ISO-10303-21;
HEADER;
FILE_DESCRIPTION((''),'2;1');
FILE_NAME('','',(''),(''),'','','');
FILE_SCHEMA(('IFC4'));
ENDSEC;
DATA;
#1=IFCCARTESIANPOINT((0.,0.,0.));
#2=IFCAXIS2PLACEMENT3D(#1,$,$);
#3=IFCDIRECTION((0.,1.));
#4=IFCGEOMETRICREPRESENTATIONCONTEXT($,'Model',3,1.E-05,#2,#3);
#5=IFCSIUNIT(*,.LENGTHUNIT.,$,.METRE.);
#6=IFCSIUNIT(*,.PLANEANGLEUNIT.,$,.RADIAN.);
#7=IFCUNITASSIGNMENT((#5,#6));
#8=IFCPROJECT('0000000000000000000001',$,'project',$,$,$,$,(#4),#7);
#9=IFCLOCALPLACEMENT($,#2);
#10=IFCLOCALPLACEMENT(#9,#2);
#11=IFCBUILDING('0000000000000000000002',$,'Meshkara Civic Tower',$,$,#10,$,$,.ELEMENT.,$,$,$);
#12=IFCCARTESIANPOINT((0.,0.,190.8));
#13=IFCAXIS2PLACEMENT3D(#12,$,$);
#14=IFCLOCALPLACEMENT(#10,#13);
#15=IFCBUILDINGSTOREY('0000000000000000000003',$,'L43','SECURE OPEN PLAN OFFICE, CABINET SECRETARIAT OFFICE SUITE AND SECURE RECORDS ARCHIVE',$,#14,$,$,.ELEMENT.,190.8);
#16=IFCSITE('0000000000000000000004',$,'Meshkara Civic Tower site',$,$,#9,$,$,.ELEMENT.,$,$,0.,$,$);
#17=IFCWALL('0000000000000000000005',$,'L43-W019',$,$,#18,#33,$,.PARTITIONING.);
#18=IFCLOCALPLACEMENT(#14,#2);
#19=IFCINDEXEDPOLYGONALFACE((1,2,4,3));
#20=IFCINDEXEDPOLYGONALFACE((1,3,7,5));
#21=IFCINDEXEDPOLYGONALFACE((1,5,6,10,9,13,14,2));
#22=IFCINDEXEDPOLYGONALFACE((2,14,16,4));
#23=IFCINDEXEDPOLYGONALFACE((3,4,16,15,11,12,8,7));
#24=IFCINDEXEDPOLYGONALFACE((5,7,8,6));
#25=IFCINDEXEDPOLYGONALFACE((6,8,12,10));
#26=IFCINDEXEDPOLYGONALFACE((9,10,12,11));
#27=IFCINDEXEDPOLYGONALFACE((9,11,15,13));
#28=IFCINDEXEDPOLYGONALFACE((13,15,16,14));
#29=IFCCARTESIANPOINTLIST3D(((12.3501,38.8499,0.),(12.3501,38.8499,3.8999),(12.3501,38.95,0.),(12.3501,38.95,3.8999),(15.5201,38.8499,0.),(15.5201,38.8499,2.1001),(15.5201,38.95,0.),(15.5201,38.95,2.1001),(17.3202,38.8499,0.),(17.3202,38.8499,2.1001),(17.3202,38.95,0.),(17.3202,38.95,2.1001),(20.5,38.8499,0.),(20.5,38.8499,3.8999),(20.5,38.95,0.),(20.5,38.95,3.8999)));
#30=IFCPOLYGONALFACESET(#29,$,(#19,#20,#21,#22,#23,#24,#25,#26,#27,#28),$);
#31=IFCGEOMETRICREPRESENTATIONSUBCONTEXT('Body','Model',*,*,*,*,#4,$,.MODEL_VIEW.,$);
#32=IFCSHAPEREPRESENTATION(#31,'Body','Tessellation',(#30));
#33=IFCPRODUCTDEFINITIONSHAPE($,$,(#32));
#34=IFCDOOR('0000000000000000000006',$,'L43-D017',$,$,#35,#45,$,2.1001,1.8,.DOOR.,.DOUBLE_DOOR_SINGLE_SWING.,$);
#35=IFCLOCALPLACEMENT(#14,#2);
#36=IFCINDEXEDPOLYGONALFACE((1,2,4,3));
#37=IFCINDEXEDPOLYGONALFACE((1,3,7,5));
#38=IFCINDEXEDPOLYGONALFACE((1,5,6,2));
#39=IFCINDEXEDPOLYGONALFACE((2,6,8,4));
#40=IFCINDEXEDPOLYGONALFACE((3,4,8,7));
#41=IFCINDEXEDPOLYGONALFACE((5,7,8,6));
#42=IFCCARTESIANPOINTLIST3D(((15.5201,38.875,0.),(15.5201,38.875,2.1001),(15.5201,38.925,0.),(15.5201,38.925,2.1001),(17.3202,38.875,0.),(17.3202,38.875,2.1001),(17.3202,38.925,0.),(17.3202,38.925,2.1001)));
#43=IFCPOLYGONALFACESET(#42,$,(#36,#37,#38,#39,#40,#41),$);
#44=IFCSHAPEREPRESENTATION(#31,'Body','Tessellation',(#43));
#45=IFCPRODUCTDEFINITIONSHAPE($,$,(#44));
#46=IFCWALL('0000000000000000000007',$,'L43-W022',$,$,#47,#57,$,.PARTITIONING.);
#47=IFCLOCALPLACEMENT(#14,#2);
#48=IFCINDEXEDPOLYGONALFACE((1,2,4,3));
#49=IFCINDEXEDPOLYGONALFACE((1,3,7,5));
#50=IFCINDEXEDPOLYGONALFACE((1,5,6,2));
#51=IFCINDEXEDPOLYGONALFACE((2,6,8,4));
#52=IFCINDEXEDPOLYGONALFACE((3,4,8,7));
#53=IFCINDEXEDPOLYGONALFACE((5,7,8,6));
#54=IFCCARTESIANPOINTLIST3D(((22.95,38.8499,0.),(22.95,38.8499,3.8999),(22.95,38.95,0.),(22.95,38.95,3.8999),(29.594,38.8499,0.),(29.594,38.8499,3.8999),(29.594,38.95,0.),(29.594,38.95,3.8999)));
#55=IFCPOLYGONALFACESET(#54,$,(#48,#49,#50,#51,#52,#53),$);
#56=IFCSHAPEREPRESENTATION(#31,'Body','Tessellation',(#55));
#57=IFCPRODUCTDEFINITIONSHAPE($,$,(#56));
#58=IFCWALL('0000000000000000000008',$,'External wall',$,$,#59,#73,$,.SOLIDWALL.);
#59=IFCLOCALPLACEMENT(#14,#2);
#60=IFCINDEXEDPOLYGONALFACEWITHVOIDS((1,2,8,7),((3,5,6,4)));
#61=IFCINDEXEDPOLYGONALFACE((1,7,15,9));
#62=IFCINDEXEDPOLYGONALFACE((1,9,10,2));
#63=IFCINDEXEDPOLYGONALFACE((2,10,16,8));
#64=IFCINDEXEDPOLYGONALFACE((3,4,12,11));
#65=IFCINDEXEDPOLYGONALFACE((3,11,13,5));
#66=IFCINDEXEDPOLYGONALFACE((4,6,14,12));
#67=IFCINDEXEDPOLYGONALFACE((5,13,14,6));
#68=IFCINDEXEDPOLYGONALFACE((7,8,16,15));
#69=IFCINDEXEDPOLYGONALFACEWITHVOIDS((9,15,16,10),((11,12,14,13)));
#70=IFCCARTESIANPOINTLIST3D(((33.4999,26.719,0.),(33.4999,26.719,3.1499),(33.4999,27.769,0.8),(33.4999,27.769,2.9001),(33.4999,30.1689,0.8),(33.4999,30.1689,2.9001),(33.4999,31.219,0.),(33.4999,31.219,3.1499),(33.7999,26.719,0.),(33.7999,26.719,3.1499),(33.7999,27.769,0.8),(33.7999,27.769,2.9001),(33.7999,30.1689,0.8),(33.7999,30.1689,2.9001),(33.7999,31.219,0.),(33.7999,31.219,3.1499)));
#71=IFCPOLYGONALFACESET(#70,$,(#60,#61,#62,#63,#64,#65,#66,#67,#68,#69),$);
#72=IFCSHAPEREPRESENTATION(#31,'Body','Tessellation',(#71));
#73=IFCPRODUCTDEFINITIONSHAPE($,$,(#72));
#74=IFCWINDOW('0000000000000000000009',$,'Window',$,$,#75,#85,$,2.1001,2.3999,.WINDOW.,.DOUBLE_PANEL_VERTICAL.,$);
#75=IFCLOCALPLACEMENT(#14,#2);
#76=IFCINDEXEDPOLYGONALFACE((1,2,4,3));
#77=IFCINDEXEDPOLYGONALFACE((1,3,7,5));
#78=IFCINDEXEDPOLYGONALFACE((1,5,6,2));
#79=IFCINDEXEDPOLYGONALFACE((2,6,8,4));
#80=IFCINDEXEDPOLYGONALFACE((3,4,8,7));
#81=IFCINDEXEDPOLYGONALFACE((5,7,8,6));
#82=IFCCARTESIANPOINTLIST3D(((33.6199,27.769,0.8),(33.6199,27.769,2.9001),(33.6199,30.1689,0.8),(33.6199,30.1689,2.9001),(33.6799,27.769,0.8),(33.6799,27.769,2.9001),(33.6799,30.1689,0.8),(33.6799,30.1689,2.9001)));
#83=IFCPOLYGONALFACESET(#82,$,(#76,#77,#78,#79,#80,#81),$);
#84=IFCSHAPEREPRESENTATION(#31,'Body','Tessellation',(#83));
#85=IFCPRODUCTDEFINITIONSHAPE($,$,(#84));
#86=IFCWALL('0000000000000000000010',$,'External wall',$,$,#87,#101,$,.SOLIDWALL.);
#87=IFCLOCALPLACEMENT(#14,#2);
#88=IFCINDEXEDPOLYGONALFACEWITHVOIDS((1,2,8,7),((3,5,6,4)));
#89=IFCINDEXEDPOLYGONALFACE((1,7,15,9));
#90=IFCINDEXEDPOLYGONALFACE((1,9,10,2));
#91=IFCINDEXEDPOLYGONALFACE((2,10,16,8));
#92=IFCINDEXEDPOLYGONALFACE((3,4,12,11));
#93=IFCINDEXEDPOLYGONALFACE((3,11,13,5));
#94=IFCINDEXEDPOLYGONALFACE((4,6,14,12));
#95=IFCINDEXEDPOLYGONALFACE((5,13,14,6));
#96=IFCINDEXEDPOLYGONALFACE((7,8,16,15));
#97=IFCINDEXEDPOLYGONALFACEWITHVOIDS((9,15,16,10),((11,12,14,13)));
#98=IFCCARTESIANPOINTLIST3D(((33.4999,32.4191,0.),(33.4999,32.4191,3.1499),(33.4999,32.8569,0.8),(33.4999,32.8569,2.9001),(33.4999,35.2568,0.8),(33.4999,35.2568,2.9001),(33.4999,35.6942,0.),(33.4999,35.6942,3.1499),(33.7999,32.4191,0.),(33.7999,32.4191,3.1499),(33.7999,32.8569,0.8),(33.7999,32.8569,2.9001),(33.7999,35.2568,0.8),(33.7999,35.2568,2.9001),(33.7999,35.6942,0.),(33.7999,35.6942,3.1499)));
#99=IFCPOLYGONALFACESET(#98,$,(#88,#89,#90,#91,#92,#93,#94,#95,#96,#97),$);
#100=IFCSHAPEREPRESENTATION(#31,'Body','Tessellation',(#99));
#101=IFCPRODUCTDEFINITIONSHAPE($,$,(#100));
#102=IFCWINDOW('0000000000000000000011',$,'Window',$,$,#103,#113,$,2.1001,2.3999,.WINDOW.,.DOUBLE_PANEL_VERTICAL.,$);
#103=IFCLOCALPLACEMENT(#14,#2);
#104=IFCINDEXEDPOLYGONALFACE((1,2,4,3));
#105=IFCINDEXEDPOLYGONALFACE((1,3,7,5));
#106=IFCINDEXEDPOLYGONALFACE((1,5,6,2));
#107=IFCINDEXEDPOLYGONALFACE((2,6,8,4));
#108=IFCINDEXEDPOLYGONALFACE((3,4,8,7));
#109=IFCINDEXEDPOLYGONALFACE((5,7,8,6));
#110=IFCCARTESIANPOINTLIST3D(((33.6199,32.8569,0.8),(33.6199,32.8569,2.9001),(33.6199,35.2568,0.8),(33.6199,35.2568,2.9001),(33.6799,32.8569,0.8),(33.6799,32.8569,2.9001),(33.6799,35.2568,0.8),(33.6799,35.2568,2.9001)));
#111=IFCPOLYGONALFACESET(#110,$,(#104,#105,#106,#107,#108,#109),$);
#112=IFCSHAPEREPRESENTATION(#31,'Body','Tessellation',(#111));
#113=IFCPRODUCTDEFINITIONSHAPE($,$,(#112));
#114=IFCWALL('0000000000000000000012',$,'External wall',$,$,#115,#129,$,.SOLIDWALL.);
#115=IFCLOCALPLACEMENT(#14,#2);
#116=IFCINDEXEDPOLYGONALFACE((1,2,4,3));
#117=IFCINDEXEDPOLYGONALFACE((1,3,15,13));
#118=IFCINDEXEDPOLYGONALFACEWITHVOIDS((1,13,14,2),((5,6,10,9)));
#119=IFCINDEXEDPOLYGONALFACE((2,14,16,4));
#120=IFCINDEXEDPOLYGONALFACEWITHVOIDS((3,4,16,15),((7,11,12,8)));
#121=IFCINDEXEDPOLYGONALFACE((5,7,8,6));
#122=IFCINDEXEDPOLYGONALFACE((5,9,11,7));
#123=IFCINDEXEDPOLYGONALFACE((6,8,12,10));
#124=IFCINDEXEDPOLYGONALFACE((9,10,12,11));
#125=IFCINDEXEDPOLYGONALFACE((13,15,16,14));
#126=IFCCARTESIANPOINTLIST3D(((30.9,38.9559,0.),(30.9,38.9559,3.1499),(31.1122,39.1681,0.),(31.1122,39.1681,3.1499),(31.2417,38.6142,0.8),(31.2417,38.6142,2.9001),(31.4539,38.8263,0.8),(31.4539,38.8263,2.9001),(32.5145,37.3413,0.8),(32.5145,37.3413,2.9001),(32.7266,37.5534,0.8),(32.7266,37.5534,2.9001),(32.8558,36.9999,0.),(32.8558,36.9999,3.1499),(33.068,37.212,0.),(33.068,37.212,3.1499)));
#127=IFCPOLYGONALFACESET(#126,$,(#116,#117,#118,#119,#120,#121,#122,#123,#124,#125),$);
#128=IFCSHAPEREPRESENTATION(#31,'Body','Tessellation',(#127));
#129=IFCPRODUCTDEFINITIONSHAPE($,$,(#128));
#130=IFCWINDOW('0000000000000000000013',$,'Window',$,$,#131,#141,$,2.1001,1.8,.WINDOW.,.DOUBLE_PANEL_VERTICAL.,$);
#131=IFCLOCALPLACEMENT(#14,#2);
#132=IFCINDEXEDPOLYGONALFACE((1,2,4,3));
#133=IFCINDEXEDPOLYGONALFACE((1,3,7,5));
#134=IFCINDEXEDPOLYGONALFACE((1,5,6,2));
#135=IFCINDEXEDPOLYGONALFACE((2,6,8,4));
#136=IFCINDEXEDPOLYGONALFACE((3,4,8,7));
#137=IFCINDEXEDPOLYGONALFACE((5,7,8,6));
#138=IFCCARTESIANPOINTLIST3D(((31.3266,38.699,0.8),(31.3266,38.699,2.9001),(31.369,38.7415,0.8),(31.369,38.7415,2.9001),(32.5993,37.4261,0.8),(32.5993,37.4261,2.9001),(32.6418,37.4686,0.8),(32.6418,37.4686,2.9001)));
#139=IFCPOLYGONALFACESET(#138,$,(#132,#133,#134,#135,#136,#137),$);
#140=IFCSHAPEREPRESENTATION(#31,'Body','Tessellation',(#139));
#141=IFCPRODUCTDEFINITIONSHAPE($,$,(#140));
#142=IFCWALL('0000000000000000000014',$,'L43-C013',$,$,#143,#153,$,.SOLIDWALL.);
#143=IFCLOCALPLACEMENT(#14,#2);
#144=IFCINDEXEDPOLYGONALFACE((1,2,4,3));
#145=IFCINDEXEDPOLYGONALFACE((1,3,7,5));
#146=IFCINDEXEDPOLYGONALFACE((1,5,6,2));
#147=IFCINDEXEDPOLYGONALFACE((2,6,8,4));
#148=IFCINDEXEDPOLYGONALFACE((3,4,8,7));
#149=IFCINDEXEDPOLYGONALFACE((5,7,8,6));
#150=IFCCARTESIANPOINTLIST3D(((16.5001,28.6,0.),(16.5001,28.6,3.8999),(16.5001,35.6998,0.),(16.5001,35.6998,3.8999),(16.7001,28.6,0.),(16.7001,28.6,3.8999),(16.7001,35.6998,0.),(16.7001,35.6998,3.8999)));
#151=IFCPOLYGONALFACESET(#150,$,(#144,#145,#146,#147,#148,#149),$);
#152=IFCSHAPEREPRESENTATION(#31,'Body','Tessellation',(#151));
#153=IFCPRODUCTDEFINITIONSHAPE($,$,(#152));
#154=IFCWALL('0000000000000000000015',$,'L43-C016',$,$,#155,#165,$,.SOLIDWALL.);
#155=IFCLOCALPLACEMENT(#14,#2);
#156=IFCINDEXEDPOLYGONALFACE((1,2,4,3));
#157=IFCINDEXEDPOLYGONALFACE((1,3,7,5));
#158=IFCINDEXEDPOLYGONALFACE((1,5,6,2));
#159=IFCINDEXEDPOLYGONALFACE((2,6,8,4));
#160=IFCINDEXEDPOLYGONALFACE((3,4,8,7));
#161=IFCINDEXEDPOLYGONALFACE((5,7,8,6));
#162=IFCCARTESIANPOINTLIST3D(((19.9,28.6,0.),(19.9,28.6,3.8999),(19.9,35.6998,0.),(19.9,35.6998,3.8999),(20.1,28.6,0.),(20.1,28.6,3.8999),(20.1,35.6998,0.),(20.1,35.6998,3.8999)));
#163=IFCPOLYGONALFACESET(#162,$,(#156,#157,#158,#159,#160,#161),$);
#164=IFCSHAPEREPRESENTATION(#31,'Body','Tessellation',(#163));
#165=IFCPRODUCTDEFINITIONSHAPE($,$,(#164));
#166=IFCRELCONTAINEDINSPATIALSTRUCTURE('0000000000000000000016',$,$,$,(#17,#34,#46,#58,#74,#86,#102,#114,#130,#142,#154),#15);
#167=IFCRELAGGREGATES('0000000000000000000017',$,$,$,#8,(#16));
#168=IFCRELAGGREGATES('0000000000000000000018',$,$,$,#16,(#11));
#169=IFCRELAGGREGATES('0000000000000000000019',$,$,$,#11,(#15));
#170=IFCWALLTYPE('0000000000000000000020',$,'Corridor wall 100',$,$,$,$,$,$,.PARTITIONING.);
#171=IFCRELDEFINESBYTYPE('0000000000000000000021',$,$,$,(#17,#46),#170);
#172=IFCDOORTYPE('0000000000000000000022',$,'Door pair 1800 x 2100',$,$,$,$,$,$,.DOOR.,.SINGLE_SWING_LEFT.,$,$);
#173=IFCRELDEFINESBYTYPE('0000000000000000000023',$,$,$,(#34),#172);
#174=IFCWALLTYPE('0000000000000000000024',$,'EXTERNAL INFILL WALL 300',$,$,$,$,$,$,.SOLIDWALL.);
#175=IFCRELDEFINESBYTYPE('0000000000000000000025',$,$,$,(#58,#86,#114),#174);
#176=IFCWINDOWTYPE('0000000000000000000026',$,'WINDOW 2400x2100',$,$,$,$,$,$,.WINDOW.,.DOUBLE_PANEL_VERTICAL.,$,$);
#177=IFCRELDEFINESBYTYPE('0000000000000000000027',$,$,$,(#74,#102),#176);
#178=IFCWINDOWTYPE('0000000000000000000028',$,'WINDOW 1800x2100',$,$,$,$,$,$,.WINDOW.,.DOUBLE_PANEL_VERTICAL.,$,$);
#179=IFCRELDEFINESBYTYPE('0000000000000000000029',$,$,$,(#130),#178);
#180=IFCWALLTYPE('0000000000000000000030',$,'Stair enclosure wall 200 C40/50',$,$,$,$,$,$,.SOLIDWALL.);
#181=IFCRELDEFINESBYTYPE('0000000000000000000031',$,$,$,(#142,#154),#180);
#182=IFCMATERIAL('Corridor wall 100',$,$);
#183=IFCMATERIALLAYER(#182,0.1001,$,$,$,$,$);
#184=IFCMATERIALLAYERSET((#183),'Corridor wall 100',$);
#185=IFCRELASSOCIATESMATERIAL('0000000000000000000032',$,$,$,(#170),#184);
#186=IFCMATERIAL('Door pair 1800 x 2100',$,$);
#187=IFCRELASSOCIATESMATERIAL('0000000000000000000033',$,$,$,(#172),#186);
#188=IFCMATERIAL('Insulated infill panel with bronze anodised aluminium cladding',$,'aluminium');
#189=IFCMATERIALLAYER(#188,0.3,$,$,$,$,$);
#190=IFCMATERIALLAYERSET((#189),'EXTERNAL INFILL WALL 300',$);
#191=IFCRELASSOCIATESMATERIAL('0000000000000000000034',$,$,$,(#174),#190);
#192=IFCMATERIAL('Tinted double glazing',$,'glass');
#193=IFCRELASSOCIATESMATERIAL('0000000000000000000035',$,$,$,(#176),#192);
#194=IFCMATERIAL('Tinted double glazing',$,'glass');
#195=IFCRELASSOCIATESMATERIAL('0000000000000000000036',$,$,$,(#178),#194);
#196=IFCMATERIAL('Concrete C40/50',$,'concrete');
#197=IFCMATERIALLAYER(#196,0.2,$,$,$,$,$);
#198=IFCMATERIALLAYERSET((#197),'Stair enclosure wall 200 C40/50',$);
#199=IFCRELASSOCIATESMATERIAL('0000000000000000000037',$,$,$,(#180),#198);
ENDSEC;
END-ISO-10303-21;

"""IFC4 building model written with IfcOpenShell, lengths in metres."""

from ifc_helpers import new_model, si_unit, direction, frame, frame_2d, origin, place, context, subcontext, project, spatial, rectangle, extrude, material, layer, layer_set, type_object, element, fill, save


model = new_model("IFC4")

# Units and contexts
model_context = context("Model", 3, precision=1e-05, world=origin(), true_north=direction((0.0, 1.0)))
body_context = subcontext(model_context, "Body", "Model", "MODEL_VIEW")
ifc_project = project(units=[si_unit("LENGTHUNIT", "METRE"), si_unit("PLANEANGLEUNIT", "RADIAN")], contexts=[model_context])

# Site, building, storey
site_placement = place(None, origin())
site = spatial("IfcSite", under=ifc_project, at=site_placement, Name="Meshkara Civic Tower site", CompositionType="ELEMENT", RefElevation=0.0)
building_placement = place(site_placement, origin())
building = spatial("IfcBuilding", under=site, at=building_placement, Name="Meshkara Civic Tower", CompositionType="ELEMENT")
storey_placement = place(building_placement, frame((0.0, 0.0, 190.8)))
storey = spatial("IfcBuildingStorey", under=building, at=storey_placement, Name="L43", Description="SECURE OPEN PLAN OFFICE, CABINET SECRETARIAT OFFICE SUITE AND SECURE RECORDS ARCHIVE", CompositionType="ELEMENT", Elevation=190.8)

# Wall, opening, door
ifc_material_1 = material(Name="Corridor wall 100")
ifc_layer_1 = layer(ifc_material_1, 0.1001)
ifc_layer_set_1 = layer_set([ifc_layer_1], Name="Corridor wall 100")
wall_type_1 = type_object("IfcWallType", Name="Corridor wall 100", PredefinedType="PARTITIONING", material=ifc_layer_set_1)
wall_1_placement = place(storey_placement, frame((20.5, 38.8999, 0.0), z_axis=(0.0, 0.0, 1.0), x_axis=(-1.0, 0.0, 0.0)))
wall_1 = element("IfcWall", 1, at=wall_1_placement, inside=storey, type_object=wall_type_1, Name="L43-W019", PredefinedType="PARTITIONING", context=body_context, shape_type="SweptSolid", body=[
    extrude(rectangle(XDim=8.1499, YDim=0.1001, at=frame_2d((4.075, 0.0))), origin(), (0.0, 0.0, 1.0), 3.8999),
])
opening_1_placement = place(wall_1_placement, frame((3.1799, 0.0, 0.0)))
opening_1 = element("IfcOpeningElement", 2, at=opening_1_placement, cuts=wall_1, PredefinedType="OPENING", context=body_context, shape_type="SweptSolid", body=[
    extrude(rectangle(XDim=1.8, YDim=2.1001, at=frame_2d((0.8999, 1.05))), frame((0.0, 0.0601, 0.0), z_axis=(0.0, -1.0, 0.0), x_axis=(1.0, 0.0, 0.0)), (0.0, 0.0, 1.0), 0.1201),
])
ifc_material_2 = material(Name="Door pair 1800 x 2100")
door_type_1 = type_object("IfcDoorType", Name="Door pair 1800 x 2100", OperationType="SINGLE_SWING_LEFT", PredefinedType="DOOR", material=ifc_material_2)
door_1_placement = place(opening_1_placement, origin())
door_1 = element("IfcDoor", 3, at=door_1_placement, inside=storey, type_object=door_type_1, Name="L43-D017", OperationType="DOUBLE_DOOR_SINGLE_SWING", OverallHeight=2.1001, OverallWidth=1.8, PredefinedType="DOOR", context=body_context, shape_type="SweptSolid", body=[
    extrude(rectangle(XDim=1.8, YDim=2.1001, at=frame_2d((0.8999, 1.05))), frame((0.0, 0.0249, 0.0), z_axis=(0.0, -1.0, 0.0), x_axis=(1.0, 0.0, 0.0)), (0.0, 0.0, 1.0), 0.05),
])
fill(opening_1, door_1)

# Wall
wall_2_placement = place(storey_placement, frame((29.594, 38.8999, 0.0), z_axis=(0.0, 0.0, 1.0), x_axis=(-1.0, 0.0, 0.0)))
element("IfcWall", 4, at=wall_2_placement, inside=storey, type_object=wall_type_1, Name="L43-W022", PredefinedType="PARTITIONING", context=body_context, shape_type="SweptSolid", body=[
    extrude(rectangle(XDim=6.644, YDim=0.1001, at=frame_2d((3.322, 0.0))), origin(), (0.0, 0.0, 1.0), 3.8999),
])

# Walls, openings, windows
ifc_material_3 = material(Name="Insulated infill panel with bronze anodised aluminium cladding", Category="aluminium")
ifc_layer_2 = layer(ifc_material_3, 0.3)
ifc_layer_set_2 = layer_set([ifc_layer_2], Name="EXTERNAL INFILL WALL 300")
wall_type_2 = type_object("IfcWallType", Name="EXTERNAL INFILL WALL 300", PredefinedType="SOLIDWALL", material=ifc_layer_set_2)
wall_3_placement = place(storey_placement, frame((33.6499, 26.719, 0.0), z_axis=(0.0, 0.0, 1.0), x_axis=(0.0, 1.0, 0.0)))
wall_3 = element("IfcWall", 5, at=wall_3_placement, inside=storey, type_object=wall_type_2, Name="External wall", PredefinedType="SOLIDWALL", context=body_context, shape_type="SweptSolid", body=[
    extrude(rectangle(XDim=4.5, YDim=0.3, at=frame_2d((2.25, 0.0))), origin(), (0.0, 0.0, 1.0), 3.1499),
])
opening_2_placement = place(wall_3_placement, frame((1.05, 0.0, 0.8)))
opening_2 = element("IfcOpeningElement", 6, at=opening_2_placement, cuts=wall_3, PredefinedType="OPENING", context=body_context, shape_type="SweptSolid", body=[
    extrude(rectangle(XDim=2.3999, YDim=2.1001, at=frame_2d((1.2, 1.05))), frame((0.0, 0.1599, 0.0), z_axis=(0.0, -1.0, 0.0), x_axis=(1.0, 0.0, 0.0)), (0.0, 0.0, 1.0), 0.3201),
])
ifc_material_4 = material(Name="Tinted double glazing", Category="glass")
window_type_1 = type_object("IfcWindowType", Name="WINDOW 2400x2100", PartitioningType="DOUBLE_PANEL_VERTICAL", PredefinedType="WINDOW", material=ifc_material_4)
window_1_placement = place(opening_2_placement, origin())
window_1 = element("IfcWindow", 7, at=window_1_placement, inside=storey, type_object=window_type_1, Name="Window", OverallHeight=2.1001, OverallWidth=2.3999, PartitioningType="DOUBLE_PANEL_VERTICAL", PredefinedType="WINDOW", context=body_context, shape_type="SweptSolid", body=[
    extrude(rectangle(XDim=2.3999, YDim=2.1001, at=frame_2d((1.2, 1.05))), frame((0.0, 0.03, 0.0), z_axis=(0.0, -1.0, 0.0), x_axis=(1.0, 0.0, 0.0)), (0.0, 0.0, 1.0), 0.0601),
])
fill(opening_2, window_1)
wall_4_placement = place(storey_placement, frame((33.6499, 32.4189, 0.0), z_axis=(0.0, 0.0, 1.0), x_axis=(0.0, 1.0, 0.0)))
wall_4 = element("IfcWall", 8, at=wall_4_placement, inside=storey, type_object=wall_type_2, Name="External wall", PredefinedType="SOLIDWALL", context=body_context, shape_type="SweptSolid", body=[
    extrude(rectangle(XDim=3.2751, YDim=0.3, at=frame_2d((1.6377, 0.0))), origin(), (0.0, 0.0, 1.0), 3.1499),
])
opening_3_placement = place(wall_4_placement, frame((0.438, 0.0, 0.8)))
opening_3 = element("IfcOpeningElement", 9, at=opening_3_placement, cuts=wall_4, PredefinedType="OPENING", context=body_context, shape_type="SweptSolid", body=[
    extrude(rectangle(XDim=2.3999, YDim=2.1001, at=frame_2d((1.2, 1.05))), frame((0.0, 0.1599, 0.0), z_axis=(0.0, -1.0, 0.0), x_axis=(1.0, 0.0, 0.0)), (0.0, 0.0, 1.0), 0.3201),
])
window_2_placement = place(opening_3_placement, origin())
window_2 = element("IfcWindow", 10, at=window_2_placement, inside=storey, type_object=window_type_1, Name="Window", OverallHeight=2.1001, OverallWidth=2.3999, PartitioningType="DOUBLE_PANEL_VERTICAL", PredefinedType="WINDOW", context=body_context, shape_type="SweptSolid", body=[
    extrude(rectangle(XDim=2.3999, YDim=2.1001, at=frame_2d((1.2, 1.05))), frame((0.0, 0.03, 0.0), z_axis=(0.0, -1.0, 0.0), x_axis=(1.0, 0.0, 0.0)), (0.0, 0.0, 1.0), 0.0601),
])
fill(opening_3, window_2)
wall_5_placement = place(storey_placement, frame((32.9619, 37.106, 0.0), z_axis=(0.0, 0.0, 1.0), x_axis=(-0.707063, 0.707151, 0.0)))
wall_5 = element("IfcWall", 11, at=wall_5_placement, inside=storey, type_object=wall_type_2, Name="External wall", PredefinedType="SOLIDWALL", context=body_context, shape_type="SweptSolid", body=[
    extrude(rectangle(XDim=2.7661, YDim=0.3, at=frame_2d((1.3831, 0.0))), origin(), (0.0, 0.0, 1.0), 3.1499),
])
opening_4_placement = place(wall_5_placement, frame((0.4829, 0.0, 0.8)))
opening_4 = element("IfcOpeningElement", 12, at=opening_4_placement, cuts=wall_5, PredefinedType="OPENING", context=body_context, shape_type="SweptSolid", body=[
    extrude(rectangle(XDim=1.8, YDim=2.1001, at=frame_2d((0.8999, 1.05))), frame((0.0, 0.1599, 0.0), z_axis=(0.0, -1.0, 0.0), x_axis=(1.0, 0.0, 0.0)), (0.0, 0.0, 1.0), 0.3201),
])
ifc_material_5 = material(Name="Tinted double glazing", Category="glass")
window_type_2 = type_object("IfcWindowType", Name="WINDOW 1800x2100", PartitioningType="DOUBLE_PANEL_VERTICAL", PredefinedType="WINDOW", material=ifc_material_5)
window_3_placement = place(opening_4_placement, origin())
window_3 = element("IfcWindow", 13, at=window_3_placement, inside=storey, type_object=window_type_2, Name="Window", OverallHeight=2.1001, OverallWidth=1.8, PartitioningType="DOUBLE_PANEL_VERTICAL", PredefinedType="WINDOW", context=body_context, shape_type="SweptSolid", body=[
    extrude(rectangle(XDim=1.8, YDim=2.1001, at=frame_2d((0.8999, 1.05))), frame((0.0, 0.03, 0.0), z_axis=(0.0, -1.0, 0.0), x_axis=(1.0, 0.0, 0.0)), (0.0, 0.0, 1.0), 0.0601),
])
fill(opening_4, window_3)

# Walls
ifc_material_6 = material(Name="Concrete C40/50", Category="concrete")
ifc_layer_3 = layer(ifc_material_6, 0.2)
ifc_layer_set_3 = layer_set([ifc_layer_3], Name="Stair enclosure wall 200 C40/50")
wall_type_3 = type_object("IfcWallType", Name="Stair enclosure wall 200 C40/50", PredefinedType="SOLIDWALL", material=ifc_layer_set_3)
for number, where, z_axis, x_axis, name in (
    (14, (16.6001, 28.6001, 0.0), (0.0, 0.0, 1.0), (0.0, 1.0, 0.0), "L43-C013"),
    (15, (20.0, 28.6001, 0.0), (0.0, 0.0, 1.0), (0.0, 1.0, 0.0), "L43-C016"),
):
    element("IfcWall", number, at=place(storey_placement, frame(where, z_axis=z_axis, x_axis=x_axis)), inside=storey, type_object=wall_type_3, Name=name, PredefinedType="SOLIDWALL", context=body_context, shape_type="SweptSolid", body=[
        extrude(rectangle(XDim=7.0999, YDim=0.2, at=frame_2d((3.5498, 0.0))), origin(), (0.0, 0.0, 1.0), 3.8999),
    ])

save(model, "model.ifc")
